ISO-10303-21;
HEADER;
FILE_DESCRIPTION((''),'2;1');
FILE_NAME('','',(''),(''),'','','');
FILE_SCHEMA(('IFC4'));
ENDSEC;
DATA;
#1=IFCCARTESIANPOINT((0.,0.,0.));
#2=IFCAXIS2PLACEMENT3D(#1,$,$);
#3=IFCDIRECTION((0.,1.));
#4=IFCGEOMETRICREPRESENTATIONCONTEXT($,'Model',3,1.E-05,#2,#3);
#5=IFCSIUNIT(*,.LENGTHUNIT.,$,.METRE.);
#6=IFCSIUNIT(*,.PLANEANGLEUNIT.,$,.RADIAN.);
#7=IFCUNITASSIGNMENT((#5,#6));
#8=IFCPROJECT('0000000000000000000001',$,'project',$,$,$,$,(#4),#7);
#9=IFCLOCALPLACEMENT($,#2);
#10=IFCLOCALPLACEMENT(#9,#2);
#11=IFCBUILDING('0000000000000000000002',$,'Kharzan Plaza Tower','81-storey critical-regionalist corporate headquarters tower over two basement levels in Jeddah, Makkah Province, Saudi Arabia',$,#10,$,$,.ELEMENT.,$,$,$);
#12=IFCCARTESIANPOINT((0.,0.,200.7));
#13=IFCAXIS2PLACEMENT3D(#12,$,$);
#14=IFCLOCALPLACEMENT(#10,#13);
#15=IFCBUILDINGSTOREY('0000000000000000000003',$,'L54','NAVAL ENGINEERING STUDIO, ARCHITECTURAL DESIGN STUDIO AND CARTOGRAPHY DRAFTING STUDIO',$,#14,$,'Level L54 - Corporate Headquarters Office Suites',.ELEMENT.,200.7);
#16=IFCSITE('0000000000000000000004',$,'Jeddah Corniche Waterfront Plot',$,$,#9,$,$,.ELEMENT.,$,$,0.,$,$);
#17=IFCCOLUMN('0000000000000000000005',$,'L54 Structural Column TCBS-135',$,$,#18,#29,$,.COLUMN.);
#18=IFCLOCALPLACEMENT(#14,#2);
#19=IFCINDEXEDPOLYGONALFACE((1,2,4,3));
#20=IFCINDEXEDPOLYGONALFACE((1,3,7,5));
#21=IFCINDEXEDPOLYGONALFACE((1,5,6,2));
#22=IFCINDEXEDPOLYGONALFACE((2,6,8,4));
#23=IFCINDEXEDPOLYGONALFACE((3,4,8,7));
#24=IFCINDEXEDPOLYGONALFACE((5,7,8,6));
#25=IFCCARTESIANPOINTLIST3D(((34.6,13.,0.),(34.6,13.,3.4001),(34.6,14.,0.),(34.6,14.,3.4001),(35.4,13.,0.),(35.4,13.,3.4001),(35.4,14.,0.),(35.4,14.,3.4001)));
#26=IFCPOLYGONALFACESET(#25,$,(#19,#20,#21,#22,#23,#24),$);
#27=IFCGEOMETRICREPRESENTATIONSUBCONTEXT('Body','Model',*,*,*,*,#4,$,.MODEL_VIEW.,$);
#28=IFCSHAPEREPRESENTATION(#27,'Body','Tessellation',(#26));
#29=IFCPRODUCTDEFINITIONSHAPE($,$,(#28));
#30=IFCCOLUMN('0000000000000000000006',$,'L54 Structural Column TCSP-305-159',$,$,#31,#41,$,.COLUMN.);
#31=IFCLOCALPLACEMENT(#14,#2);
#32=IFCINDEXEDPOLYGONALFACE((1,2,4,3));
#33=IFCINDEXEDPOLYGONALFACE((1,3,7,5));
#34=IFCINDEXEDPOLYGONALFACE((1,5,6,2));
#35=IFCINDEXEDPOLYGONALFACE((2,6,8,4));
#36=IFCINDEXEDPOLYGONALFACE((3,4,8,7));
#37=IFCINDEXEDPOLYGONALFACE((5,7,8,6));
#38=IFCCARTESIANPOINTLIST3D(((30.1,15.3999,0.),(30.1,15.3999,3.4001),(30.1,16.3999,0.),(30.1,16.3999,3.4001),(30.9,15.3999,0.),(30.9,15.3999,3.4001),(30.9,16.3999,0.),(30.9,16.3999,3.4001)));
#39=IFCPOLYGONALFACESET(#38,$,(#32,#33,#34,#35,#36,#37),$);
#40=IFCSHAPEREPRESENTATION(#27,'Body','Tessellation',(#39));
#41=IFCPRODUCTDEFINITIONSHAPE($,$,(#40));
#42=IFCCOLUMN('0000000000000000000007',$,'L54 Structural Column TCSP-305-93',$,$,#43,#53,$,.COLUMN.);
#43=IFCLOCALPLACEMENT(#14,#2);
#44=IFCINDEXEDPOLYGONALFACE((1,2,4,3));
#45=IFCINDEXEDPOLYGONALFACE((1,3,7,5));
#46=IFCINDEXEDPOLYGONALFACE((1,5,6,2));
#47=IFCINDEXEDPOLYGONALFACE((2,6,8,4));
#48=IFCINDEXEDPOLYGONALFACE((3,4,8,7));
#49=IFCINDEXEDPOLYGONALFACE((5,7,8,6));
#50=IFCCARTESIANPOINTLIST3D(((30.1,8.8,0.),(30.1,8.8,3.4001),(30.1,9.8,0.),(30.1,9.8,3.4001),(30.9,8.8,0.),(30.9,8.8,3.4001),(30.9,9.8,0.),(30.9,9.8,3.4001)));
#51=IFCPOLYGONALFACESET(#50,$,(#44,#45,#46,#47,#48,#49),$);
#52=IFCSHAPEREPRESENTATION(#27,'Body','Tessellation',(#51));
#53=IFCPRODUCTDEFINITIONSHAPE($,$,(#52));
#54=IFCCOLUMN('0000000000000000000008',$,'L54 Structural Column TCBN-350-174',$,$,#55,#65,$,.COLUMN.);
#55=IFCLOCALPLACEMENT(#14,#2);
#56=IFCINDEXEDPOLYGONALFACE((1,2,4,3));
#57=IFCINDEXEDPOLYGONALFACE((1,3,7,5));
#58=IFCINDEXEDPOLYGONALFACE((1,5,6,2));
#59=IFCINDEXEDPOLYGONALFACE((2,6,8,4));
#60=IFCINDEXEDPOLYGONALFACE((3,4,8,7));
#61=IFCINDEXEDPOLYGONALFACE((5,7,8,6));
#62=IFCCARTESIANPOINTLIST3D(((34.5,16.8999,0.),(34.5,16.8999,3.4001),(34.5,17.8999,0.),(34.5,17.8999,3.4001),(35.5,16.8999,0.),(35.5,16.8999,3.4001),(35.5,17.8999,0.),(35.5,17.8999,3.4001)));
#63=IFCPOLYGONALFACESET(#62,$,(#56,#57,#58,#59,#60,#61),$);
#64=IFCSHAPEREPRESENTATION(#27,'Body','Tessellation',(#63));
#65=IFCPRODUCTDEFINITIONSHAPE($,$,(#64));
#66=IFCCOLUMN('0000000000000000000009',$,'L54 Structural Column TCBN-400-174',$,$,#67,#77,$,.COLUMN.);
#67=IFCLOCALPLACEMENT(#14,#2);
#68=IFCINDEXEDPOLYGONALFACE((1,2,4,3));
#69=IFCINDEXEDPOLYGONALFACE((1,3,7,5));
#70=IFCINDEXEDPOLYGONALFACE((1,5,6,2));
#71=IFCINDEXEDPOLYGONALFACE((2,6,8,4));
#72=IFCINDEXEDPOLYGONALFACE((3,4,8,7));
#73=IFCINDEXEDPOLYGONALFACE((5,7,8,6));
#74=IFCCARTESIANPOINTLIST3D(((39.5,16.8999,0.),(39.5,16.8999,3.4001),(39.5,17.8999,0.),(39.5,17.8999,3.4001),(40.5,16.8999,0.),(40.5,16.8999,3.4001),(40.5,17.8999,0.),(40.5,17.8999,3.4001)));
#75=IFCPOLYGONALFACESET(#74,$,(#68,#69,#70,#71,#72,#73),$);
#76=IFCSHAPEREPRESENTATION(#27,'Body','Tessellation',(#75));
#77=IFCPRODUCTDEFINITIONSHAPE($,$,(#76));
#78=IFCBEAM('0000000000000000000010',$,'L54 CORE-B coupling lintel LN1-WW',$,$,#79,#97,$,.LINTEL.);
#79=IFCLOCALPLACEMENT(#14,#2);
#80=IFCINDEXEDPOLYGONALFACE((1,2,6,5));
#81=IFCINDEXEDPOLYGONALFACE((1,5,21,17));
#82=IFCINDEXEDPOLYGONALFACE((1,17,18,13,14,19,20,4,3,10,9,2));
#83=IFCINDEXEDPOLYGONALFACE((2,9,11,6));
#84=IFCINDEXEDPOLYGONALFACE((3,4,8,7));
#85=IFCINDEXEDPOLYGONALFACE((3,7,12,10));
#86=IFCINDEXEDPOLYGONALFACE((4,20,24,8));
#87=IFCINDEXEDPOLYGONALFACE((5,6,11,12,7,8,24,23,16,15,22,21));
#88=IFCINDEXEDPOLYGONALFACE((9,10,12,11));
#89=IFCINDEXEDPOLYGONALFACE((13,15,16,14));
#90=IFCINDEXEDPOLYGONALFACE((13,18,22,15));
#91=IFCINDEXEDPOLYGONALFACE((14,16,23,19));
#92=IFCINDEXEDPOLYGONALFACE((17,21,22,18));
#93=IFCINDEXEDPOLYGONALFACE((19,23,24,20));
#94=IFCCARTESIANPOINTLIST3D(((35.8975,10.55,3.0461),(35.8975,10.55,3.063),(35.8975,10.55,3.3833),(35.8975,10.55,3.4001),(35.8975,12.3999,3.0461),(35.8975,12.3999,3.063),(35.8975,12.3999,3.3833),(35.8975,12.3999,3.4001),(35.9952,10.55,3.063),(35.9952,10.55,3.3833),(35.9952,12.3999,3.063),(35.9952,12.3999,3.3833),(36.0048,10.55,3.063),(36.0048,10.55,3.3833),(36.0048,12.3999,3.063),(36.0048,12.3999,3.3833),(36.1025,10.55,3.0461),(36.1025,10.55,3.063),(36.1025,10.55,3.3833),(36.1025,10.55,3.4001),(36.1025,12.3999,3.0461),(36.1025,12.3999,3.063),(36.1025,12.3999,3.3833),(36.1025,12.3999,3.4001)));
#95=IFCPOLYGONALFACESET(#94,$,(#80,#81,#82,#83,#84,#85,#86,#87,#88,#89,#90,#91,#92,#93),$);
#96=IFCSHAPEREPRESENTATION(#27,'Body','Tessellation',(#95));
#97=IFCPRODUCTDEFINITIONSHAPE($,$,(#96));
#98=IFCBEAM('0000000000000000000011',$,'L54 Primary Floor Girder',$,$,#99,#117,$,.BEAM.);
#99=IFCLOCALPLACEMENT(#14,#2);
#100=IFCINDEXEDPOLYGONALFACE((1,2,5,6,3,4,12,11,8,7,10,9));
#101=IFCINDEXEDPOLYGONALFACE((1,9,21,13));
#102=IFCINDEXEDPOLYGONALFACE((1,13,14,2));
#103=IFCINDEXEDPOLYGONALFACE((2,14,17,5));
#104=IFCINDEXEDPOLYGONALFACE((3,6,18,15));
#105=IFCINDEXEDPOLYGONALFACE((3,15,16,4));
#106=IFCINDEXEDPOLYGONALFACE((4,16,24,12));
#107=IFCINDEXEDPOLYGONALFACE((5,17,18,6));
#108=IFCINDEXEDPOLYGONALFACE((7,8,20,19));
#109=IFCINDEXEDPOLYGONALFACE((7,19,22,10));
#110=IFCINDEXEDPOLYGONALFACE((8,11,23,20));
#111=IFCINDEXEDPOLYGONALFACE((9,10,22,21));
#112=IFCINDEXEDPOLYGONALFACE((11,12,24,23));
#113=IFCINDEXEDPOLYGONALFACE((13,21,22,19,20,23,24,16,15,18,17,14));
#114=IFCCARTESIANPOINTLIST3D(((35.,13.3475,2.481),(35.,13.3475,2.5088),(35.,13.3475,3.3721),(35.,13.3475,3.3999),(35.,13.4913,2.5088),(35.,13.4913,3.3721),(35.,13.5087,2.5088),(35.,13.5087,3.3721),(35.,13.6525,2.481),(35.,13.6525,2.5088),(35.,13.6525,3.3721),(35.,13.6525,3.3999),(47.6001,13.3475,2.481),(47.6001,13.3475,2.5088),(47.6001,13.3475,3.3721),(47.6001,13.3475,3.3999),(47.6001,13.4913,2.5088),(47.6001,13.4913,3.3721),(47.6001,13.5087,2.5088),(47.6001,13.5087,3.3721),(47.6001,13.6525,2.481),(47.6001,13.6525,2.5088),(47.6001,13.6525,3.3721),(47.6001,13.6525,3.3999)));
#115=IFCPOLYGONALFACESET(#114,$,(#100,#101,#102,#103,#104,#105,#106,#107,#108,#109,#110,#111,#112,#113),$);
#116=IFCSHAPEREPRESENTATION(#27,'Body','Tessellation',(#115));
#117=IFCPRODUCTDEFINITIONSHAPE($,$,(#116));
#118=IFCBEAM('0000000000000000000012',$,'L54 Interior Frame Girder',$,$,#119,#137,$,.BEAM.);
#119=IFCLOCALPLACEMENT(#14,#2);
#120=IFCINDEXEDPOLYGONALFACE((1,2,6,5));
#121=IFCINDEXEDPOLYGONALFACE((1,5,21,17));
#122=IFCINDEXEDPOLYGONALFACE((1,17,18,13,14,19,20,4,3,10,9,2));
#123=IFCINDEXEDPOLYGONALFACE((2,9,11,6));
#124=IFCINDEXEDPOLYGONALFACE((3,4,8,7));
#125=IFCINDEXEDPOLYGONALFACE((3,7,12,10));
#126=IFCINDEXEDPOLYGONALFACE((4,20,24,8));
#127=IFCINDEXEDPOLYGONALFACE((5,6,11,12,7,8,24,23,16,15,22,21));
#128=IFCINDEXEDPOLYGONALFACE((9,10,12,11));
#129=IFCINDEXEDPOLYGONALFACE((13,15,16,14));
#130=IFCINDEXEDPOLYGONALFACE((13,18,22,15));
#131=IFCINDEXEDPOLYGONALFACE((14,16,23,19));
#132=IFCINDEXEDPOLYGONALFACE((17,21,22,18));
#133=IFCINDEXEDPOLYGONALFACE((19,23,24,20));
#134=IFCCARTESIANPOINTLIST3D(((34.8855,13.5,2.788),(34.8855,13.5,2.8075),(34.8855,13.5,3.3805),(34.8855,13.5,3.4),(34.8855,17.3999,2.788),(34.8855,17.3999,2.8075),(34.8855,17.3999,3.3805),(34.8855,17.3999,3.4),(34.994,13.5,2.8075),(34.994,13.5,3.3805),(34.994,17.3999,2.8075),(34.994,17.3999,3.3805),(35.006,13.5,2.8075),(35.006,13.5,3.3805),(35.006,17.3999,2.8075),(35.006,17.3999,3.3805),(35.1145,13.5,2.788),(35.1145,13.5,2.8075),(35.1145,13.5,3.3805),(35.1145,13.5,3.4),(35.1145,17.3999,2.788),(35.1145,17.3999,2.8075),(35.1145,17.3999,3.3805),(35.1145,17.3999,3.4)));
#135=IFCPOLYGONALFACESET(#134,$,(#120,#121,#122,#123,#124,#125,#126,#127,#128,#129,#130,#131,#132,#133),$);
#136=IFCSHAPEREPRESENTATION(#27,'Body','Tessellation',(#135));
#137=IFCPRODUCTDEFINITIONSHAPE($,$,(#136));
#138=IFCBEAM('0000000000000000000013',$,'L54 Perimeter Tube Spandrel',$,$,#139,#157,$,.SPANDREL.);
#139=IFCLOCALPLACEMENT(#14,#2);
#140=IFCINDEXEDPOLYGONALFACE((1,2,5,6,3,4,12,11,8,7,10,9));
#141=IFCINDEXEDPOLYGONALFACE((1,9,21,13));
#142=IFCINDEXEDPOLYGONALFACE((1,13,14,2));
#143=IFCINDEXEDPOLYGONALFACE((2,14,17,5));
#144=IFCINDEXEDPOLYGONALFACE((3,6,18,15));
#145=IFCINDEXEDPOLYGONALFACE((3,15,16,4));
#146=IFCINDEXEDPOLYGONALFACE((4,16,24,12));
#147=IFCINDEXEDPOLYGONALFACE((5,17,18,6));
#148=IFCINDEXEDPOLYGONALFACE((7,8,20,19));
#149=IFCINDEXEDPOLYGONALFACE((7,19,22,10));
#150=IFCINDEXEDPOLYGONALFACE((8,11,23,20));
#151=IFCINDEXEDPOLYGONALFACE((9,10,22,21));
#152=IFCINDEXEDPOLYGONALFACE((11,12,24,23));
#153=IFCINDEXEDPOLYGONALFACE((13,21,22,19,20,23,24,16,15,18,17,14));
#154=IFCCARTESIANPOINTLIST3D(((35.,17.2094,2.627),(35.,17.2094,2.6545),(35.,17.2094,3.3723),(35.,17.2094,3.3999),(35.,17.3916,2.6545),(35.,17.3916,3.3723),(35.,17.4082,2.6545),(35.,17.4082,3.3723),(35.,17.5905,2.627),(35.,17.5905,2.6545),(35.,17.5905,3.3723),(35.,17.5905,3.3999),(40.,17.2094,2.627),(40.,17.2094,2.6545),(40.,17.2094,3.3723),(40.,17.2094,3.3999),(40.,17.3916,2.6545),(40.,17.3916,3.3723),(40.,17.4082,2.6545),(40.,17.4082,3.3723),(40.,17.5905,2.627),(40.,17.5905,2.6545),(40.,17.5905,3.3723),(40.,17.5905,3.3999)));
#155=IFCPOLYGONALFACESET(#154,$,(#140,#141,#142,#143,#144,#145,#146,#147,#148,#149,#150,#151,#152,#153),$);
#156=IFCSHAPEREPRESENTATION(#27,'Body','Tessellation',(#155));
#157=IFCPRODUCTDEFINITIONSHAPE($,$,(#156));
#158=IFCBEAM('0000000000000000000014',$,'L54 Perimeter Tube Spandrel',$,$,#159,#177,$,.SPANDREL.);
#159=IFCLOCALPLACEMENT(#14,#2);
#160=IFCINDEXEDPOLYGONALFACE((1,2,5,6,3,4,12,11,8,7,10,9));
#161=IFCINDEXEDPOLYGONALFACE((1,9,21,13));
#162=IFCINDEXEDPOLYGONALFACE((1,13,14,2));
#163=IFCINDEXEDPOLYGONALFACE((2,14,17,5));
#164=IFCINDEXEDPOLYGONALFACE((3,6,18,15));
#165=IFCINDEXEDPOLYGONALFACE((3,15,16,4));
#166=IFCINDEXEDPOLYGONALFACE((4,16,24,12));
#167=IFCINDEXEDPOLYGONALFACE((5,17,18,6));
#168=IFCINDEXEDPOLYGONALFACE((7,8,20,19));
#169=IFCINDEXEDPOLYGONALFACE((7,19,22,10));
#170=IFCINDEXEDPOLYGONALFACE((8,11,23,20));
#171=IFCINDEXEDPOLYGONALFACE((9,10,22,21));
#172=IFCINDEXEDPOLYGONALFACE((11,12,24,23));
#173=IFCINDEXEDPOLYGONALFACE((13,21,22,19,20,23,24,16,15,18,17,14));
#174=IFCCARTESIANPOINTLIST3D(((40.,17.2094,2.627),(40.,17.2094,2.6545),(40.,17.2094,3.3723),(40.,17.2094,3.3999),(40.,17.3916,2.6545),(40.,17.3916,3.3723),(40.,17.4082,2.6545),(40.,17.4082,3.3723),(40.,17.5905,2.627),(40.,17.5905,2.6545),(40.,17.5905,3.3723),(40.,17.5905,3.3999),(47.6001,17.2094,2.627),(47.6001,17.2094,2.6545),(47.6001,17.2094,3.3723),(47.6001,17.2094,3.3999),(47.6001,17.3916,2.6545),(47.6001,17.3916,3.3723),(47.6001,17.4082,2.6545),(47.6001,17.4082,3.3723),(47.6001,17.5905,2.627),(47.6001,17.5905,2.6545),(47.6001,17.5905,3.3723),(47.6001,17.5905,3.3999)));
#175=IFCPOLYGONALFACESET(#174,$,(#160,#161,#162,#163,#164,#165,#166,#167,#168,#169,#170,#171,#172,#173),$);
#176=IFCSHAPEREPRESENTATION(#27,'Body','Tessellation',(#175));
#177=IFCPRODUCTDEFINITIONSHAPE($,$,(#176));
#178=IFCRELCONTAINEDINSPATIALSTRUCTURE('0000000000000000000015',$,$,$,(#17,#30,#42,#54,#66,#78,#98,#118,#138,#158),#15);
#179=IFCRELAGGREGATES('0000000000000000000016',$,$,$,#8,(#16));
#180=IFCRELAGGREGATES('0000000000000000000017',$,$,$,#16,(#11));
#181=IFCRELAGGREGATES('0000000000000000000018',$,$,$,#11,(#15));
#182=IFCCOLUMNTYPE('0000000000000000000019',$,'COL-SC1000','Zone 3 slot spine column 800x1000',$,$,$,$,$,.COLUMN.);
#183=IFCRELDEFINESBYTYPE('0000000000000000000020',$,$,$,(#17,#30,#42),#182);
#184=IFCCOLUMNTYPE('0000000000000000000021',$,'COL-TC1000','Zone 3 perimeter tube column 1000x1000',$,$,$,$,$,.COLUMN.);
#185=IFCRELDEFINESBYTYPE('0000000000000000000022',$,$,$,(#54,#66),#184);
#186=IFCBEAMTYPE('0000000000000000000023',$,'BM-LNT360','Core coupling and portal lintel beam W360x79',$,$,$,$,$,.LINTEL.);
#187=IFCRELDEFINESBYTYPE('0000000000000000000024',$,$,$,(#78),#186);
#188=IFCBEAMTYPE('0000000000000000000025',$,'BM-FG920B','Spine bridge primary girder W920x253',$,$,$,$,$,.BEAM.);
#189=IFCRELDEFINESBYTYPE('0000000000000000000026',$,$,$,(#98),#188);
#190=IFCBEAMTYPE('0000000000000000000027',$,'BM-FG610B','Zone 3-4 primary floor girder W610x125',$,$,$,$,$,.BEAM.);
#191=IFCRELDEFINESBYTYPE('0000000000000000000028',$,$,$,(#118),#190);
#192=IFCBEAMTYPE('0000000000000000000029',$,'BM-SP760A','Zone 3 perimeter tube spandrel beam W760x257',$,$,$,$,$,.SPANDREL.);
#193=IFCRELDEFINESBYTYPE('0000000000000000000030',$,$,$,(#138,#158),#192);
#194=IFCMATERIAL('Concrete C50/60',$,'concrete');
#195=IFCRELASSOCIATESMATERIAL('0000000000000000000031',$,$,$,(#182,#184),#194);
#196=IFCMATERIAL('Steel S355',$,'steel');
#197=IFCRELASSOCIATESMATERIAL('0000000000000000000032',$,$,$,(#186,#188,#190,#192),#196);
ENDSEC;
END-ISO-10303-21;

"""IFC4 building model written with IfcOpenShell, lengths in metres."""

from ifc_helpers import new_model, si_unit, direction, frame, origin, origin_2d, place, context, subcontext, project, spatial, rectangle, i_section, extrude, source, transform, mapped, material, material_profile, profile_set, type_object, element, save


model = new_model("IFC4")

# Units and contexts
model_context = context("Model", 3, precision=1e-05, world=origin(), true_north=direction((0.0, 1.0)))
body_context = subcontext(model_context, "Body", "Model", "MODEL_VIEW")
ifc_project = project(units=[si_unit("LENGTHUNIT", "METRE"), si_unit("PLANEANGLEUNIT", "RADIAN")], contexts=[model_context])

# Site, building, storey
site_placement = place(None, origin())
site = spatial("IfcSite", under=ifc_project, at=site_placement, Name="Jeddah Corniche Waterfront Plot", CompositionType="ELEMENT", RefElevation=0.0)
building_placement = place(site_placement, origin())
building = spatial("IfcBuilding", under=site, at=building_placement, Name="Kharzan Plaza Tower", Description="81-storey critical-regionalist corporate headquarters tower over two basement levels in Jeddah, Makkah Province, Saudi Arabia", CompositionType="ELEMENT")
storey_placement = place(building_placement, frame((0.0, 0.0, 200.7)))
storey = spatial("IfcBuildingStorey", under=building, at=storey_placement, Name="L54", Description="NAVAL ENGINEERING STUDIO, ARCHITECTURAL DESIGN STUDIO AND CARTOGRAPHY DRAFTING STUDIO", LongName="Level L54 - Corporate Headquarters Office Suites", CompositionType="ELEMENT", Elevation=200.7)

# Columns
ifc_material_1 = material(Name="Concrete C50/60", Category="concrete")
ifc_material_profile_1 = material_profile(ifc_material_1, rectangle(XDim=0.8, YDim=1.0, at=origin_2d()), Name="RC-SC1000x800")
ifc_profile_set_1 = profile_set([ifc_material_profile_1], Name="Concrete C50/60")
column_type_1 = type_object("IfcColumnType", Name="COL-SC1000", Description="Zone 3 slot spine column 800x1000", PredefinedType="COLUMN", material=ifc_profile_set_1)
shared_shape_1 = source(origin(), body_context, "Body", "SweptSolid", [
    extrude(rectangle(XDim=0.8, YDim=1.0, at=origin_2d()), origin(), (0.0, 0.0, 1.0), 3.4001),
])
for number, where, z_axis, x_axis, name in (
    (1, (35.0, 13.5, 0.0), (0.0, 0.0, 1.0), (1.0, 0.0, 0.0), "L54 Structural Column TCBS-135"),
    (2, (30.5, 15.8999, 0.0), (0.0, 0.0, 1.0), (1.0, 0.0, 0.0), "L54 Structural Column TCSP-305-159"),
    (3, (30.5, 9.3, 0.0), (0.0, 0.0, 1.0), (1.0, 0.0, 0.0), "L54 Structural Column TCSP-305-93"),
):
    element("IfcColumn", number, at=place(storey_placement, frame(where, z_axis=z_axis, x_axis=x_axis)), inside=storey, type_object=column_type_1, Name=name, PredefinedType="COLUMN", context=body_context, shape_type="MappedRepresentation", body=[
        mapped(shared_shape_1, transform((0.0, 0.0, 0.0), x_axis=(1.0, 0.0, 0.0), y_axis=(0.0, 1.0, 0.0), z_axis=(0.0, 0.0, 1.0))),
    ])
ifc_material_profile_2 = material_profile(ifc_material_1, rectangle(XDim=1.0, YDim=1.0, at=origin_2d()), Name="RC-TC1000x1000")
ifc_profile_set_2 = profile_set([ifc_material_profile_2], Name="Concrete C50/60")
column_type_2 = type_object("IfcColumnType", Name="COL-TC1000", Description="Zone 3 perimeter tube column 1000x1000", PredefinedType="COLUMN", material=ifc_profile_set_2)
shared_shape_2 = source(origin(), body_context, "Body", "SweptSolid", [
    extrude(rectangle(XDim=1.0, YDim=1.0, at=origin_2d()), origin(), (0.0, 0.0, 1.0), 3.4001),
])
for number, where, z_axis, x_axis, name in (
    (4, (35.0, 17.3999, 0.0), (0.0, 0.0, 1.0), (1.0, 0.0, 0.0), "L54 Structural Column TCBN-350-174"),
    (5, (40.0, 17.3999, 0.0), (0.0, 0.0, 1.0), (1.0, 0.0, 0.0), "L54 Structural Column TCBN-400-174"),
):
    element("IfcColumn", number, at=place(storey_placement, frame(where, z_axis=z_axis, x_axis=x_axis)), inside=storey, type_object=column_type_2, Name=name, PredefinedType="COLUMN", context=body_context, shape_type="MappedRepresentation", body=[
        mapped(shared_shape_2, transform((0.0, 0.0, 0.0), x_axis=(1.0, 0.0, 0.0), y_axis=(0.0, 1.0, 0.0), z_axis=(0.0, 0.0, 1.0))),
    ])

# Beams
ifc_material_2 = material(Name="Steel S355", Category="steel")
ifc_material_profile_3 = material_profile(ifc_material_2, i_section(OverallWidth=0.2051, OverallDepth=0.354, WebThickness=0.0095, FlangeThickness=0.0168, at=origin_2d()), Name="W360x79")
ifc_profile_set_3 = profile_set([ifc_material_profile_3], Name="Steel S355")
beam_type_1 = type_object("IfcBeamType", Name="BM-LNT360", Description="Core coupling and portal lintel beam W360x79", PredefinedType="LINTEL", material=ifc_profile_set_3)
shared_shape_3 = source(origin(), body_context, "Body", "SweptSolid", [
    extrude(i_section(OverallWidth=0.2051, OverallDepth=0.354, WebThickness=0.0095, FlangeThickness=0.0168, at=origin_2d()), origin(), (0.0, 0.0, 1.0), 1.8499),
])
beam_1_placement = place(storey_placement, frame((36.0, 10.55, 3.2231), z_axis=(0.0, 1.0, 0.0), x_axis=(-1.0, 0.0, 0.0)))
element("IfcBeam", 6, at=beam_1_placement, inside=storey, type_object=beam_type_1, Name="L54 CORE-B coupling lintel LN1-WW", PredefinedType="LINTEL", context=body_context, shape_type="MappedRepresentation", body=[
    mapped(shared_shape_3, transform((0.0, 0.0, 0.0), x_axis=(1.0, 0.0, 0.0), y_axis=(0.0, 1.0, 0.0), z_axis=(0.0, 0.0, 1.0))),
])
ifc_material_profile_4 = material_profile(ifc_material_2, i_section(OverallWidth=0.3049, OverallDepth=0.9189, WebThickness=0.0173, FlangeThickness=0.0278, at=origin_2d()), Name="W920x253")
ifc_profile_set_4 = profile_set([ifc_material_profile_4], Name="Steel S355")
beam_type_2 = type_object("IfcBeamType", Name="BM-FG920B", Description="Spine bridge primary girder W920x253", PredefinedType="BEAM", material=ifc_profile_set_4)
shared_shape_4 = source(origin(), body_context, "Body", "SweptSolid", [
    extrude(i_section(OverallWidth=0.3049, OverallDepth=0.9189, WebThickness=0.0173, FlangeThickness=0.0278, at=origin_2d()), origin(), (0.0, 0.0, 1.0), 12.6001),
])
beam_2_placement = place(storey_placement, frame((35.0, 13.5, 2.9404), z_axis=(1.0, 0.0, 0.0), x_axis=(0.0, 1.0, 0.0)))
element("IfcBeam", 7, at=beam_2_placement, inside=storey, type_object=beam_type_2, Name="L54 Primary Floor Girder", PredefinedType="BEAM", context=body_context, shape_type="MappedRepresentation", body=[
    mapped(shared_shape_4, transform((0.0, 0.0, 0.0), x_axis=(1.0, 0.0, 0.0), y_axis=(0.0, 1.0, 0.0), z_axis=(0.0, 0.0, 1.0))),
])
ifc_material_profile_5 = material_profile(ifc_material_2, i_section(OverallWidth=0.229, OverallDepth=0.6121, WebThickness=0.012, FlangeThickness=0.0195, at=origin_2d()), Name="W610x125")
ifc_profile_set_5 = profile_set([ifc_material_profile_5], Name="Steel S355")
beam_type_3 = type_object("IfcBeamType", Name="BM-FG610B", Description="Zone 3-4 primary floor girder W610x125", PredefinedType="BEAM", material=ifc_profile_set_5)
shared_shape_5 = source(origin(), body_context, "Body", "SweptSolid", [
    extrude(i_section(OverallWidth=0.229, OverallDepth=0.6121, WebThickness=0.012, FlangeThickness=0.0195, at=origin_2d()), origin(), (0.0, 0.0, 1.0), 3.8999),
])
beam_3_placement = place(storey_placement, frame((35.0, 13.5, 3.094), z_axis=(0.0, 1.0, 0.0), x_axis=(-1.0, 0.0, 0.0)))
element("IfcBeam", 8, at=beam_3_placement, inside=storey, type_object=beam_type_3, Name="L54 Interior Frame Girder", PredefinedType="BEAM", context=body_context, shape_type="MappedRepresentation", body=[
    mapped(shared_shape_5, transform((0.0, 0.0, 0.0), x_axis=(1.0, 0.0, 0.0), y_axis=(0.0, 1.0, 0.0), z_axis=(0.0, 0.0, 1.0))),
])
ifc_material_profile_6 = material_profile(ifc_material_2, i_section(OverallWidth=0.3811, OverallDepth=0.7729, WebThickness=0.0166, FlangeThickness=0.0276, at=origin_2d()), Name="W760x257")
ifc_profile_set_6 = profile_set([ifc_material_profile_6], Name="Steel S355")
beam_type_4 = type_object("IfcBeamType", Name="BM-SP760A", Description="Zone 3 perimeter tube spandrel beam W760x257", PredefinedType="SPANDREL", material=ifc_profile_set_6)
shared_shape_6 = source(origin(), body_context, "Body", "SweptSolid", [
    extrude(i_section(OverallWidth=0.3811, OverallDepth=0.7729, WebThickness=0.0166, FlangeThickness=0.0276, at=origin_2d()), origin(), (0.0, 0.0, 1.0), 5.0),
])
beam_4_placement = place(storey_placement, frame((35.0, 17.3999, 3.0134), z_axis=(1.0, 0.0, 0.0), x_axis=(0.0, 1.0, 0.0)))
element("IfcBeam", 9, at=beam_4_placement, inside=storey, type_object=beam_type_4, Name="L54 Perimeter Tube Spandrel", PredefinedType="SPANDREL", context=body_context, shape_type="MappedRepresentation", body=[
    mapped(shared_shape_6, transform((0.0, 0.0, 0.0), x_axis=(1.0, 0.0, 0.0), y_axis=(0.0, 1.0, 0.0), z_axis=(0.0, 0.0, 1.0))),
])
shared_shape_7 = source(origin(), body_context, "Body", "SweptSolid", [
    extrude(i_section(OverallWidth=0.3811, OverallDepth=0.7729, WebThickness=0.0166, FlangeThickness=0.0276, at=origin_2d()), origin(), (0.0, 0.0, 1.0), 7.6001),
])
beam_5_placement = place(storey_placement, frame((40.0, 17.3999, 3.0134), z_axis=(1.0, 0.0, 0.0), x_axis=(0.0, 1.0, 0.0)))
element("IfcBeam", 10, at=beam_5_placement, inside=storey, type_object=beam_type_4, Name="L54 Perimeter Tube Spandrel", PredefinedType="SPANDREL", context=body_context, shape_type="MappedRepresentation", body=[
    mapped(shared_shape_7, transform((0.0, 0.0, 0.0), x_axis=(1.0, 0.0, 0.0), y_axis=(0.0, 1.0, 0.0), z_axis=(0.0, 0.0, 1.0))),
])

save(model, "model.ifc")
